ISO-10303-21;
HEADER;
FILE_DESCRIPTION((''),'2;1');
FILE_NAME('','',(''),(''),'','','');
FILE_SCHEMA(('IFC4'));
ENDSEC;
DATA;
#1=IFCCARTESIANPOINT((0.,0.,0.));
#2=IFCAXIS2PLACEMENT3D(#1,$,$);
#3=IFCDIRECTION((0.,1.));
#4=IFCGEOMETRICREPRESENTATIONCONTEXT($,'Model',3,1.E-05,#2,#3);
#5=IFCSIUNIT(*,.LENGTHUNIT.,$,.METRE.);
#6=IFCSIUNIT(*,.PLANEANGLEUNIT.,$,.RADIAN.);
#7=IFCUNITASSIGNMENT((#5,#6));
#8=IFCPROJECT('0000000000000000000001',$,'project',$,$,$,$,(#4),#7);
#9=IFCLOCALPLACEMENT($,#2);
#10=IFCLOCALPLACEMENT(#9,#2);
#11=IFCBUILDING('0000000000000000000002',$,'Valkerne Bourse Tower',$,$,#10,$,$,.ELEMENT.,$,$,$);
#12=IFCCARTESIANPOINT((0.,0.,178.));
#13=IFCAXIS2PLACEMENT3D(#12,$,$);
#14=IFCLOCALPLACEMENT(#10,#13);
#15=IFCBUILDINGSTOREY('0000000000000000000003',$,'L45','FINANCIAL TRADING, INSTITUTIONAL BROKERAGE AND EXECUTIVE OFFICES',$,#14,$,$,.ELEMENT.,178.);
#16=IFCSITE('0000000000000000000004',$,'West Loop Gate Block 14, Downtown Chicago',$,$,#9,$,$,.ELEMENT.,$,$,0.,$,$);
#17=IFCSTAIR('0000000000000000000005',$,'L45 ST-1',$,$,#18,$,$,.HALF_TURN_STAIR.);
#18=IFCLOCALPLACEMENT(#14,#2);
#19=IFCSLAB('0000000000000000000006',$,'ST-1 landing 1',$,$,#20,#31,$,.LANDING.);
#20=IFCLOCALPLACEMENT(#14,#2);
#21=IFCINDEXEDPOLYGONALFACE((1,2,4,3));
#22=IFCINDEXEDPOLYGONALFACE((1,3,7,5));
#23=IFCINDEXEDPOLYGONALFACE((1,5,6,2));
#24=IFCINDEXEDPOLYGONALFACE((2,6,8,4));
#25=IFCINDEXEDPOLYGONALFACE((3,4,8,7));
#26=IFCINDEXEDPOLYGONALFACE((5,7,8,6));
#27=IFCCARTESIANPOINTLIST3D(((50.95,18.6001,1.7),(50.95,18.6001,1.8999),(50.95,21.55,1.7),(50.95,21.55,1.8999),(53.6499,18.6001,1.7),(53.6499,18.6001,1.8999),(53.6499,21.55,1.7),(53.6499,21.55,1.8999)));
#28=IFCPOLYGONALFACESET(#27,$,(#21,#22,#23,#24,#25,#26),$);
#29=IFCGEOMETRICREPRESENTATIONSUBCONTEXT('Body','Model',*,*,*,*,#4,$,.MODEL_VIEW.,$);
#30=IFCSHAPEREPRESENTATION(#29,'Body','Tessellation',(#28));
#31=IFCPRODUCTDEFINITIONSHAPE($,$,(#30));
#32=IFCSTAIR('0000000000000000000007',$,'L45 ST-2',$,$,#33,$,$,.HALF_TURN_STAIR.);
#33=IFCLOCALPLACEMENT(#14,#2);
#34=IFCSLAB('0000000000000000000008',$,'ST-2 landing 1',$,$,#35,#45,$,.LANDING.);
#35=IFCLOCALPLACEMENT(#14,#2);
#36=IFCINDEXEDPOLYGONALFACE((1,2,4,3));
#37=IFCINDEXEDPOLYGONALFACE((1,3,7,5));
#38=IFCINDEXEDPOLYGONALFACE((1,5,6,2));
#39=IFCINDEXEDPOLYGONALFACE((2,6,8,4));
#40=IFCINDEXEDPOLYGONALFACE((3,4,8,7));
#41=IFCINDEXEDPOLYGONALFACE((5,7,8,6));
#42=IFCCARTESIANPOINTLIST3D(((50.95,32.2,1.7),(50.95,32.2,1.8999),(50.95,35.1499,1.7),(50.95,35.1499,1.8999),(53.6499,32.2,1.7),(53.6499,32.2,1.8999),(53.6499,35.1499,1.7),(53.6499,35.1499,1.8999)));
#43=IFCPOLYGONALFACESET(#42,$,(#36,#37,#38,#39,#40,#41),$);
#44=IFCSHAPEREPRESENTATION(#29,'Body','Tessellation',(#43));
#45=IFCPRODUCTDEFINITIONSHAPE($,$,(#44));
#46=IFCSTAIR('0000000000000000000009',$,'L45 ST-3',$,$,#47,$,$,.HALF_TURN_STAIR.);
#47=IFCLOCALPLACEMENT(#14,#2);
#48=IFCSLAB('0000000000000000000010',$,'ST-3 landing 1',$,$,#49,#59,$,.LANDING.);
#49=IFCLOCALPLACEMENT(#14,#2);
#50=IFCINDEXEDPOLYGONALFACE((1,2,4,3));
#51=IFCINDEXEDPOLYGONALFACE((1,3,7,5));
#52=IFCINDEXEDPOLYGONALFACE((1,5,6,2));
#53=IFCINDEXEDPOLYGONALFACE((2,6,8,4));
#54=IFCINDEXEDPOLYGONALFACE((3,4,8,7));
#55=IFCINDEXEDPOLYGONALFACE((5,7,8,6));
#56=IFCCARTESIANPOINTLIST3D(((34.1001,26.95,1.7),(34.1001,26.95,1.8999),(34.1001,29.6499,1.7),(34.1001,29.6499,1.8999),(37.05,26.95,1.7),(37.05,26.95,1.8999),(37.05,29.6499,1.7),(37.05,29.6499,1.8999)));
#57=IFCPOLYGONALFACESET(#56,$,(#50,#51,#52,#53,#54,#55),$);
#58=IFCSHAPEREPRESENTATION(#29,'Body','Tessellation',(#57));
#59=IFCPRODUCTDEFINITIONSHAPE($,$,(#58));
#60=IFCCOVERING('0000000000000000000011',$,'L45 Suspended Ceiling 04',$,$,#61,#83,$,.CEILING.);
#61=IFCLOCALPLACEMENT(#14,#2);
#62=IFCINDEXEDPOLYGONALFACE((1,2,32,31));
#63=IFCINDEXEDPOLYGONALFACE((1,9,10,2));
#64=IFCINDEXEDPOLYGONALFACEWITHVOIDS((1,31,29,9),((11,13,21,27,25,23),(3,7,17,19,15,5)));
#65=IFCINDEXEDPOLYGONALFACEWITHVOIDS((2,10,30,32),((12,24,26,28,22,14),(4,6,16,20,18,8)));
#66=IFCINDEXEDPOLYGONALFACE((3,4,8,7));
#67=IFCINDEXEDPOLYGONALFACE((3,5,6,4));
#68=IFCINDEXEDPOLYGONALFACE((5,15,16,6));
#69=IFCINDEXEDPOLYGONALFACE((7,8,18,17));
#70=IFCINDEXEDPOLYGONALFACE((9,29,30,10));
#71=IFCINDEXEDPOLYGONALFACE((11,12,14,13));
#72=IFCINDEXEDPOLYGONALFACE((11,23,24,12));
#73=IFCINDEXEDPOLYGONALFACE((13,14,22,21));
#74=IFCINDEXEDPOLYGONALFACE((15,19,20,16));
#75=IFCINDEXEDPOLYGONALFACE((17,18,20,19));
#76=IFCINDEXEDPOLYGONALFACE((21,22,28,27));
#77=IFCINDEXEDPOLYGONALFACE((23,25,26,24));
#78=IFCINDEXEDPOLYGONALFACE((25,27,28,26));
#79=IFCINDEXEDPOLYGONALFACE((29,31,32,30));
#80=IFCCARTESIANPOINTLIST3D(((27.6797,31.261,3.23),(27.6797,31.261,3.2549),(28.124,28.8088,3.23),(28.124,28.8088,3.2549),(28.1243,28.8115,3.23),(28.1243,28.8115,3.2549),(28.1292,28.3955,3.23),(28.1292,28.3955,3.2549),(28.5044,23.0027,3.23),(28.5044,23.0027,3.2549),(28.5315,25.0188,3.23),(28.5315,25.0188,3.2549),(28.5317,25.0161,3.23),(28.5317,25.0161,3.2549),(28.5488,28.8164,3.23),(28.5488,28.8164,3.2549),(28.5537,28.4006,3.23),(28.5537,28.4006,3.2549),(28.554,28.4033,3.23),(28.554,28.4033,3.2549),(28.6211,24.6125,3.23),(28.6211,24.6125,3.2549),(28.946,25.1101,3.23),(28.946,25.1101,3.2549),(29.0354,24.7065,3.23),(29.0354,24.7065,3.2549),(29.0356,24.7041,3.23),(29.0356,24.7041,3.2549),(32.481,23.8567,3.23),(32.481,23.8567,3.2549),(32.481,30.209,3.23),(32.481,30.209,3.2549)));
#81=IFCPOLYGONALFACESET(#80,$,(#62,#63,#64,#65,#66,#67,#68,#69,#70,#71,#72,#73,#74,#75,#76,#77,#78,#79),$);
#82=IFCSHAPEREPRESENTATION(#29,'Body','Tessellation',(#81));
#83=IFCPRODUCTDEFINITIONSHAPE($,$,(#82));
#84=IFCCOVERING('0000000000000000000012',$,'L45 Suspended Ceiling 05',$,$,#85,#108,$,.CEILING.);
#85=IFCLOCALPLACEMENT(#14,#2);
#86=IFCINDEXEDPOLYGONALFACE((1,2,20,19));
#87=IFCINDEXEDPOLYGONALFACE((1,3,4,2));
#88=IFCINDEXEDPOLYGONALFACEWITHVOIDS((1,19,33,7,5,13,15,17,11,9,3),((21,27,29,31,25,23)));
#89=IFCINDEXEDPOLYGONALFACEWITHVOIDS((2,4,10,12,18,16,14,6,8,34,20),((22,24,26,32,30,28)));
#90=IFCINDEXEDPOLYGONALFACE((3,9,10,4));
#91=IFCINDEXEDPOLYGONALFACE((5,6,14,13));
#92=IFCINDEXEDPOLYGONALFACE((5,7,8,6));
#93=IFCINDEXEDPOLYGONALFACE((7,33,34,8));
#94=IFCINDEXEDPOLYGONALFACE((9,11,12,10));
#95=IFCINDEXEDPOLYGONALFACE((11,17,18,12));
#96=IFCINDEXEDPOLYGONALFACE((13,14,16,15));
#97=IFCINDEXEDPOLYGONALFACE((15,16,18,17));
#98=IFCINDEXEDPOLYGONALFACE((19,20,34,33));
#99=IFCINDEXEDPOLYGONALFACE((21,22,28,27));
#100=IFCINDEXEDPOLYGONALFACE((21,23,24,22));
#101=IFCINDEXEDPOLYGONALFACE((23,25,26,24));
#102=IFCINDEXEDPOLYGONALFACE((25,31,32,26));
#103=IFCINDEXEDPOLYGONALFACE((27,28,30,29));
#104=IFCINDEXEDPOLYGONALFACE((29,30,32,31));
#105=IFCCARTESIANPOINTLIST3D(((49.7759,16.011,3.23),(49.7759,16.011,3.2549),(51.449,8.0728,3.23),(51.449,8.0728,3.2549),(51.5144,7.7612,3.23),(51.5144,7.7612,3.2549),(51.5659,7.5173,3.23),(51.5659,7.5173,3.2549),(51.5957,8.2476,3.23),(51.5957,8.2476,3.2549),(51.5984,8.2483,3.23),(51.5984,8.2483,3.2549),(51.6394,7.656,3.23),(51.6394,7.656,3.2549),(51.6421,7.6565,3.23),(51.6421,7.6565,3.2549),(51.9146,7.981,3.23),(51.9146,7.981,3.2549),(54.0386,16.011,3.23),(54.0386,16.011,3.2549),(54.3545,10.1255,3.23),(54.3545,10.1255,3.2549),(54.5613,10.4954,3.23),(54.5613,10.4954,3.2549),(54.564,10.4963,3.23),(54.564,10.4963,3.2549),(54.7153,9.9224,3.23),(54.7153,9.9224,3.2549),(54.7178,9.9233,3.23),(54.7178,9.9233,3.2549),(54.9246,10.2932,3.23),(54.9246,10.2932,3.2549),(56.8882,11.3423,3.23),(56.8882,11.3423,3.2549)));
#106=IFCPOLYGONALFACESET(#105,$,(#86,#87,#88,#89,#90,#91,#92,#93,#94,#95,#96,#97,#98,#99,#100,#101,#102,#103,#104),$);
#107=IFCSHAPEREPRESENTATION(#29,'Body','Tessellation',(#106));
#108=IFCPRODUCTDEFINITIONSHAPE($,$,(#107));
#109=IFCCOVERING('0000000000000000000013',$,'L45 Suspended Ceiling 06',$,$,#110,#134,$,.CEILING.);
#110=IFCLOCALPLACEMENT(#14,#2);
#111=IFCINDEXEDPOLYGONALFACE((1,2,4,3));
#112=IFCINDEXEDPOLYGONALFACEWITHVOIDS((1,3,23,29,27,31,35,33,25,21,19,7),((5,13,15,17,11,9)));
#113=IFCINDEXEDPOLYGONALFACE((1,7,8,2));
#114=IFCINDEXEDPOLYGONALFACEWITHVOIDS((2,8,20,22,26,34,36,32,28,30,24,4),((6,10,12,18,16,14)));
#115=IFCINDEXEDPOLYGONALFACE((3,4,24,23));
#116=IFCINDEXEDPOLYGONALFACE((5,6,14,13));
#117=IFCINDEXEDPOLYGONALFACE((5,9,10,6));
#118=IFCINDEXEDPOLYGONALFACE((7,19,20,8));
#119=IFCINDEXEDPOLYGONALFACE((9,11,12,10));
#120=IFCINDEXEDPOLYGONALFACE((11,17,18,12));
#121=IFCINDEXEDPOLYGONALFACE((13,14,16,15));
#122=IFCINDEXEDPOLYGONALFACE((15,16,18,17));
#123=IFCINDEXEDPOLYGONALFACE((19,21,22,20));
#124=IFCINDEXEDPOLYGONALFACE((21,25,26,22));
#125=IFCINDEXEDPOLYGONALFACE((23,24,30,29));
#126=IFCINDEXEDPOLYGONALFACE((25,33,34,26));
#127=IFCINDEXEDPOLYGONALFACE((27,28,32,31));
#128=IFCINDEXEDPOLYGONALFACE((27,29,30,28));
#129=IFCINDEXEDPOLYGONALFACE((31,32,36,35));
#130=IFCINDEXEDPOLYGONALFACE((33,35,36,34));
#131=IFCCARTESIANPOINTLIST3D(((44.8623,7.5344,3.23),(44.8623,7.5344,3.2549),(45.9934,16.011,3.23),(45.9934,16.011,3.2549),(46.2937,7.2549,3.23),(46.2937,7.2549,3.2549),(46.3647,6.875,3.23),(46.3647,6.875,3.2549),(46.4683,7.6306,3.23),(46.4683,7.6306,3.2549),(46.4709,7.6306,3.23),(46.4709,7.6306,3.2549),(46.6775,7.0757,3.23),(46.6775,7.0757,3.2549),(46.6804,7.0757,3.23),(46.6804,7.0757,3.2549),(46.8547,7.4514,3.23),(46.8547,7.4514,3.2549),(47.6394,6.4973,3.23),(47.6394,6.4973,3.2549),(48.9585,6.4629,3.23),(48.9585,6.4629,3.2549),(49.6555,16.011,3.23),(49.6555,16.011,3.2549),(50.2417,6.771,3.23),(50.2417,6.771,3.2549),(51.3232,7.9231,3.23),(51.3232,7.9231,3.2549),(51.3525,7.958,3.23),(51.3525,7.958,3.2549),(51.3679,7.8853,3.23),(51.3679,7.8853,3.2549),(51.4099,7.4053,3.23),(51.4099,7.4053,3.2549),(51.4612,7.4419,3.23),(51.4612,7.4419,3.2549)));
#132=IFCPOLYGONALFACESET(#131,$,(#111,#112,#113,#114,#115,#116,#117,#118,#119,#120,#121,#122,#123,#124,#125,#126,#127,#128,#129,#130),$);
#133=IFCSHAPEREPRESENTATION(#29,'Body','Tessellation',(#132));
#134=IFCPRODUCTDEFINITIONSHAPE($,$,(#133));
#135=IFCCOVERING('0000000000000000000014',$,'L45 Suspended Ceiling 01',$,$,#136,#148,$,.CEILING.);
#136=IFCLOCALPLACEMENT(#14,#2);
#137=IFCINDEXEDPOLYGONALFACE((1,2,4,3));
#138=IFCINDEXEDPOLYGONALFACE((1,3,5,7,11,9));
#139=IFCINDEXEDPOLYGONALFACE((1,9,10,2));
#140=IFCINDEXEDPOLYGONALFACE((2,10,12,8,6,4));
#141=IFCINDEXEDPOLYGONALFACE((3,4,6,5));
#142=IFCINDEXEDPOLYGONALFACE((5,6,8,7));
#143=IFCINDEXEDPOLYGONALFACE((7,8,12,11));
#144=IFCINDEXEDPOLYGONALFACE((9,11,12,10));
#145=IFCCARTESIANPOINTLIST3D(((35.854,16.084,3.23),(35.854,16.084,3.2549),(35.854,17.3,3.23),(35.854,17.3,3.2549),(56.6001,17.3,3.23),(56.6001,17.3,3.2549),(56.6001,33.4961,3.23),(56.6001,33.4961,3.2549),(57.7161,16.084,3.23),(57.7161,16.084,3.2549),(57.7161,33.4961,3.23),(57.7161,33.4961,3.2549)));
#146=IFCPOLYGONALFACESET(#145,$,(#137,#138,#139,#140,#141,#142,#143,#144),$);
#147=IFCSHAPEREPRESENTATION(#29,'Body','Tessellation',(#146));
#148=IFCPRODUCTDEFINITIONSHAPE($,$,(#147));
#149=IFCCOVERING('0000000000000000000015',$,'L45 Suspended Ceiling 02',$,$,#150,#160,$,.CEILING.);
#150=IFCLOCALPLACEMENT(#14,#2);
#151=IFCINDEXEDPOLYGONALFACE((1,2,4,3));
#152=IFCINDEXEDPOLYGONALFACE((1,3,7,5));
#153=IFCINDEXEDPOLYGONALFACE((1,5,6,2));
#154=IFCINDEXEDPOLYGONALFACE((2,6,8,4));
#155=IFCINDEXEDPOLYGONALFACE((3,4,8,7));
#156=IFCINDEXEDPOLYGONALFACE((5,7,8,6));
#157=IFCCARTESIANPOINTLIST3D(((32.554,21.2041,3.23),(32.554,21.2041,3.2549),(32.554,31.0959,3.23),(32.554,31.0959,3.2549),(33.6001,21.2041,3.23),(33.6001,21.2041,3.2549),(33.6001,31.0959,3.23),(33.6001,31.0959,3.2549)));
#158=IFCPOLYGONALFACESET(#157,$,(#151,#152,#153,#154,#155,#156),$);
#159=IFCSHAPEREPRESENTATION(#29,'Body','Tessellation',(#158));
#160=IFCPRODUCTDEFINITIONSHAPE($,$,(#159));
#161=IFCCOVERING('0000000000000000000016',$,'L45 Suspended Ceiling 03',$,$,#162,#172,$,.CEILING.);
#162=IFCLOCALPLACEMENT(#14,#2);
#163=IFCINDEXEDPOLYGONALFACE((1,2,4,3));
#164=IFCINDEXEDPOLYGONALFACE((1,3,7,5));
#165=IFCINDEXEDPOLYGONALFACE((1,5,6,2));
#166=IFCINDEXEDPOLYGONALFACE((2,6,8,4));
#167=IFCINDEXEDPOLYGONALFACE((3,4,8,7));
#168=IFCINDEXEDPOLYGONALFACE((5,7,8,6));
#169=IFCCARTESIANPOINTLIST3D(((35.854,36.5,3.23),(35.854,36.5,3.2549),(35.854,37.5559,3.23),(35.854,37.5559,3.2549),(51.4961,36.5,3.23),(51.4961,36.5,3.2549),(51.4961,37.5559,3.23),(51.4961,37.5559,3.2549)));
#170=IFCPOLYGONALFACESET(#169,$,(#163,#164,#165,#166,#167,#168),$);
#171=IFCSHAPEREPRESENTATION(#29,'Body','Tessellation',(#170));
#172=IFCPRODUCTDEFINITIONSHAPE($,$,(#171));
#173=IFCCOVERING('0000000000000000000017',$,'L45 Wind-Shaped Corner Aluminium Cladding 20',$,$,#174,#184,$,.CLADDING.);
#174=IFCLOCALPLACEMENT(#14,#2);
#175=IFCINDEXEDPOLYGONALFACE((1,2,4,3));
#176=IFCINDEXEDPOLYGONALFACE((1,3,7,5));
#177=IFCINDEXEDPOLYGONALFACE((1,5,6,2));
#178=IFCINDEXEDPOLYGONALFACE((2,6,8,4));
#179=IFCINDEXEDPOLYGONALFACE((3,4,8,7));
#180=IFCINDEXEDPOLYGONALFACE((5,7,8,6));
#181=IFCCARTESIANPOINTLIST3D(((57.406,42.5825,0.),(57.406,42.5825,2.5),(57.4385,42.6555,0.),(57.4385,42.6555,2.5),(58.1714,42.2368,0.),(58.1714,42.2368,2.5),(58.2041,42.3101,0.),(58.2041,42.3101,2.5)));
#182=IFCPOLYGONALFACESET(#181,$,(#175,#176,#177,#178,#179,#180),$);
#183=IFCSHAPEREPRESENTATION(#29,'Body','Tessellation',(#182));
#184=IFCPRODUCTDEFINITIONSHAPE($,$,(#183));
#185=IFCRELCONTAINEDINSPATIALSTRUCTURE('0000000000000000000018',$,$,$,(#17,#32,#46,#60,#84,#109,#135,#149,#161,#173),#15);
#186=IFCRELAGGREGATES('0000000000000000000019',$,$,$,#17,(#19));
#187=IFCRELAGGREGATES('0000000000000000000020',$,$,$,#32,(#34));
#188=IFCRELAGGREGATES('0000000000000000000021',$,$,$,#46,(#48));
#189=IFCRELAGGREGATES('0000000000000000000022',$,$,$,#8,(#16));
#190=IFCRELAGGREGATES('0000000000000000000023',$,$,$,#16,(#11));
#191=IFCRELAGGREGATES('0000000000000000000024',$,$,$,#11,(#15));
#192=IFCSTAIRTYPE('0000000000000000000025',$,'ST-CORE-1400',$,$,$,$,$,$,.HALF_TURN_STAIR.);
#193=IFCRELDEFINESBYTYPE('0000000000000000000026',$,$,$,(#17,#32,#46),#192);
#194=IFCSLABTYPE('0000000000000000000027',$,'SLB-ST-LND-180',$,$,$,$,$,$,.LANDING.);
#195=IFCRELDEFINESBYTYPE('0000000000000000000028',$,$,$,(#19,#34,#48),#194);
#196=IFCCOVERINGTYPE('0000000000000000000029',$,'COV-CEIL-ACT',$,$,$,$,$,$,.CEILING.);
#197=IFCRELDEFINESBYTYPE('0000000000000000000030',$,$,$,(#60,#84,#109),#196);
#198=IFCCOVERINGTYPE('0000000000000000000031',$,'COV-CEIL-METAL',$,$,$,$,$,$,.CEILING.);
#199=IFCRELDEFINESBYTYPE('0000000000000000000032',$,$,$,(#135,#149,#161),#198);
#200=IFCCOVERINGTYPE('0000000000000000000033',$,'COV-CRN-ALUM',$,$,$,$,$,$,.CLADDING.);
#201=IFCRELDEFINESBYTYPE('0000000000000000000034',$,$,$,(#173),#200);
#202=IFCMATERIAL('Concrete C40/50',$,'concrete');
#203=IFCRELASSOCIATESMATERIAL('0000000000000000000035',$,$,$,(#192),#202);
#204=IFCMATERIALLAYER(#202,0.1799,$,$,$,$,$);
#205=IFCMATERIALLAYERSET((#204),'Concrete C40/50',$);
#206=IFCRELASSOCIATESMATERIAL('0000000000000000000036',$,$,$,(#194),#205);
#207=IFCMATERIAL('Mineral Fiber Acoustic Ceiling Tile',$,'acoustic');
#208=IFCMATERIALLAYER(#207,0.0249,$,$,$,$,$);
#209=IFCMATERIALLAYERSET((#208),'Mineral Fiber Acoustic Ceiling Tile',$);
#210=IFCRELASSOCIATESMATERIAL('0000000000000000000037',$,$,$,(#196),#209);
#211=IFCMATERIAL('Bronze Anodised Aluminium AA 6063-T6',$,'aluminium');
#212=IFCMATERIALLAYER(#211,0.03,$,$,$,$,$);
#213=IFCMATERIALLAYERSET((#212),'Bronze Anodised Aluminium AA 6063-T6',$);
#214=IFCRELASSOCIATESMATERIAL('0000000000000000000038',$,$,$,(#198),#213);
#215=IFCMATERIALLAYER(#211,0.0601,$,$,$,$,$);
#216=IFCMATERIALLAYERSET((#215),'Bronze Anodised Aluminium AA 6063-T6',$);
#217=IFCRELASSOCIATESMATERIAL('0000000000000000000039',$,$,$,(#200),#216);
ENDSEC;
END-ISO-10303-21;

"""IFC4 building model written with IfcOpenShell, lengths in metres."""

from ifc_helpers import new_model, si_unit, direction, frame, origin, place, context, subcontext, project, spatial, polyline, outline, extrude, material, layer, layer_set, type_object, element, aggregate, save


model = new_model("IFC4")

# Units and contexts
model_context = context("Model", 3, precision=1e-05, world=origin(), true_north=direction((0.0, 1.0)))
body_context = subcontext(model_context, "Body", "Model", "MODEL_VIEW")
ifc_project = project(units=[si_unit("LENGTHUNIT", "METRE"), si_unit("PLANEANGLEUNIT", "RADIAN")], contexts=[model_context])

# Site, building, storey
site_placement = place(None, origin())
site = spatial("IfcSite", under=ifc_project, at=site_placement, Name="West Loop Gate Block 14, Downtown Chicago", CompositionType="ELEMENT", RefElevation=0.0)
building_placement = place(site_placement, origin())
building = spatial("IfcBuilding", under=site, at=building_placement, Name="Valkerne Bourse Tower", CompositionType="ELEMENT")
storey_placement = place(building_placement, frame((0.0, 0.0, 178.0)))
storey = spatial("IfcBuildingStorey", under=building, at=storey_placement, Name="L45", Description="FINANCIAL TRADING, INSTITUTIONAL BROKERAGE AND EXECUTIVE OFFICES", CompositionType="ELEMENT", Elevation=178.0)

# Stairs, slabs
ifc_material_1 = material(Name="Concrete C40/50", Category="concrete")
stair_type = type_object("IfcStairType", Name="ST-CORE-1400", PredefinedType="HALF_TURN_STAIR", material=ifc_material_1)
stair_1_placement = place(storey_placement, origin())
stair_1 = element("IfcStair", 1, at=stair_1_placement, inside=storey, type_object=stair_type, Name="L45 ST-1", PredefinedType="HALF_TURN_STAIR")
ifc_layer_1 = layer(ifc_material_1, 0.1799)
ifc_layer_set_1 = layer_set([ifc_layer_1], Name="Concrete C40/50")
slab_type = type_object("IfcSlabType", Name="SLB-ST-LND-180", PredefinedType="LANDING", material=ifc_layer_set_1)
slab_1_placement = place(storey_placement, frame((0.0, 0.0, 1.7)))
slab_1 = element("IfcSlab", 2, at=slab_1_placement, type_object=slab_type, Name="ST-1 landing 1", PredefinedType="LANDING", context=body_context, shape_type="SweptSolid", body=[
    extrude(outline(polyline([(50.95, 18.6001), (53.6499, 18.6001), (53.6499, 21.55), (50.95, 21.55), (50.95, 18.6001)])), origin(), (0.0, 0.0, 1.0), 0.2),
])
aggregate(stair_1, [slab_1])
stair_2_placement = place(storey_placement, origin())
stair_2 = element("IfcStair", 3, at=stair_2_placement, inside=storey, type_object=stair_type, Name="L45 ST-2", PredefinedType="HALF_TURN_STAIR")
slab_2_placement = place(storey_placement, frame((0.0, 0.0, 1.7)))
slab_2 = element("IfcSlab", 4, at=slab_2_placement, type_object=slab_type, Name="ST-2 landing 1", PredefinedType="LANDING", context=body_context, shape_type="SweptSolid", body=[
    extrude(outline(polyline([(50.95, 32.2), (53.6499, 32.2), (53.6499, 35.1499), (50.95, 35.1499), (50.95, 32.2)])), origin(), (0.0, 0.0, 1.0), 0.2),
])
aggregate(stair_2, [slab_2])
stair_3_placement = place(storey_placement, origin())
stair_3 = element("IfcStair", 5, at=stair_3_placement, inside=storey, type_object=stair_type, Name="L45 ST-3", PredefinedType="HALF_TURN_STAIR")
slab_3_placement = place(storey_placement, frame((0.0, 0.0, 1.7)))
slab_3 = element("IfcSlab", 6, at=slab_3_placement, type_object=slab_type, Name="ST-3 landing 1", PredefinedType="LANDING", context=body_context, shape_type="SweptSolid", body=[
    extrude(outline(polyline([(37.05, 26.95), (37.05, 29.6499), (34.1001, 29.6499), (34.1001, 26.95), (37.05, 26.95)])), origin(), (0.0, 0.0, 1.0), 0.2),
])
aggregate(stair_3, [slab_3])

# Coverings
ifc_material_2 = material(Name="Mineral Fiber Acoustic Ceiling Tile", Category="acoustic")
ifc_layer_2 = layer(ifc_material_2, 0.0249)
ifc_layer_set_2 = layer_set([ifc_layer_2], Name="Mineral Fiber Acoustic Ceiling Tile")
covering_type_1 = type_object("IfcCoveringType", Name="COV-CEIL-ACT", PredefinedType="CEILING", material=ifc_layer_set_2)
covering_1_placement = place(storey_placement, frame((0.0, 0.0, 3.23)))
element("IfcCovering", 7, at=covering_1_placement, inside=storey, type_object=covering_type_1, Name="L45 Suspended Ceiling 04", PredefinedType="CEILING", context=body_context, shape_type="SweptSolid", body=[
    extrude(outline(polyline([(32.481, 23.8567), (28.5044, 23.0027), (27.6797, 31.261), (32.481, 30.209), (32.481, 23.8567)]), holes=[polyline([(29.0354, 24.7065), (28.946, 25.1101), (28.5315, 25.0188), (28.5317, 25.0161), (28.6211, 24.6125), (29.0356, 24.7041), (29.0354, 24.7065)]), polyline([(28.554, 28.4033), (28.5488, 28.8164), (28.1243, 28.8115), (28.124, 28.8088), (28.1292, 28.3955), (28.5537, 28.4006), (28.554, 28.4033)])]), origin(), (0.0, 0.0, 1.0), 0.0249),
])
covering_2_placement = place(storey_placement, frame((0.0, 0.0, 3.23)))
element("IfcCovering", 8, at=covering_2_placement, inside=storey, type_object=covering_type_1, Name="L45 Suspended Ceiling 05", PredefinedType="CEILING", context=body_context, shape_type="SweptSolid", body=[
    extrude(outline(polyline([(54.0386, 16.011), (56.8882, 11.3423), (51.5659, 7.5173), (51.5144, 7.7612), (51.6394, 7.656), (51.6421, 7.6565), (51.9146, 7.981), (51.5984, 8.2483), (51.5957, 8.2476), (51.449, 8.0728), (49.7759, 16.011), (54.0386, 16.011)]), holes=[polyline([(54.9246, 10.2932), (54.564, 10.4963), (54.5613, 10.4954), (54.3545, 10.1255), (54.7153, 9.9224), (54.7178, 9.9233), (54.9246, 10.2932)])]), origin(), (0.0, 0.0, 1.0), 0.0249),
])
covering_3_placement = place(storey_placement, frame((0.0, 0.0, 3.23)))
element("IfcCovering", 9, at=covering_3_placement, inside=storey, type_object=covering_type_1, Name="L45 Suspended Ceiling 06", PredefinedType="CEILING", context=body_context, shape_type="SweptSolid", body=[
    extrude(outline(polyline([(48.9585, 6.4629), (47.6394, 6.4973), (46.3647, 6.875), (44.8623, 7.5344), (45.9934, 16.011), (49.6555, 16.011), (51.3525, 7.958), (51.3232, 7.9231), (51.3679, 7.8853), (51.4612, 7.4419), (51.4099, 7.4053), (50.2417, 6.771), (48.9585, 6.4629)]), holes=[polyline([(46.8547, 7.4514), (46.4709, 7.6306), (46.4683, 7.6306), (46.2937, 7.2549), (46.6775, 7.0757), (46.6804, 7.0757), (46.8547, 7.4514)])]), origin(), (0.0, 0.0, 1.0), 0.0249),
])
ifc_material_3 = material(Name="Bronze Anodised Aluminium AA 6063-T6", Category="aluminium")
ifc_layer_3 = layer(ifc_material_3, 0.03)
ifc_layer_set_3 = layer_set([ifc_layer_3], Name="Bronze Anodised Aluminium AA 6063-T6")
covering_type_2 = type_object("IfcCoveringType", Name="COV-CEIL-METAL", PredefinedType="CEILING", material=ifc_layer_set_3)
covering_4_placement = place(storey_placement, frame((0.0, 0.0, 3.23)))
element("IfcCovering", 10, at=covering_4_placement, inside=storey, type_object=covering_type_2, Name="L45 Suspended Ceiling 01", PredefinedType="CEILING", context=body_context, shape_type="SweptSolid", body=[
    extrude(outline(polyline([(35.854, 17.3), (56.6001, 17.3), (56.6001, 33.4961), (57.7161, 33.4961), (57.7161, 16.084), (35.854, 16.084), (35.854, 17.3)])), origin(), (0.0, 0.0, 1.0), 0.0249),
])
covering_5_placement = place(storey_placement, frame((0.0, 0.0, 3.23)))
element("IfcCovering", 11, at=covering_5_placement, inside=storey, type_object=covering_type_2, Name="L45 Suspended Ceiling 02", PredefinedType="CEILING", context=body_context, shape_type="SweptSolid", body=[
    extrude(outline(polyline([(32.554, 21.2041), (32.554, 31.0959), (33.6001, 31.0959), (33.6001, 21.2041), (32.554, 21.2041)])), origin(), (0.0, 0.0, 1.0), 0.0249),
])
covering_6_placement = place(storey_placement, frame((0.0, 0.0, 3.23)))
element("IfcCovering", 12, at=covering_6_placement, inside=storey, type_object=covering_type_2, Name="L45 Suspended Ceiling 03", PredefinedType="CEILING", context=body_context, shape_type="SweptSolid", body=[
    extrude(outline(polyline([(35.854, 37.5559), (51.4961, 37.5559), (51.4961, 36.5), (35.854, 36.5), (35.854, 37.5559)])), origin(), (0.0, 0.0, 1.0), 0.0249),
])
ifc_layer_4 = layer(ifc_material_3, 0.0601)
ifc_layer_set_4 = layer_set([ifc_layer_4], Name="Bronze Anodised Aluminium AA 6063-T6")
covering_type_3 = type_object("IfcCoveringType", Name="COV-CRN-ALUM", PredefinedType="CLADDING", material=ifc_layer_set_4)
covering_7_placement = place(storey_placement, origin())
element("IfcCovering", 13, at=covering_7_placement, inside=storey, type_object=covering_type_3, Name="L45 Wind-Shaped Corner Aluminium Cladding 20", PredefinedType="CLADDING", context=body_context, shape_type="SweptSolid", body=[
    extrude(outline(polyline([(58.2041, 42.3101), (58.1714, 42.2368), (57.406, 42.5825), (57.4385, 42.6555), (58.2041, 42.3101)])), origin(), (0.0, 0.0, 1.0), 2.5),
])

save(model, "model.ifc")
